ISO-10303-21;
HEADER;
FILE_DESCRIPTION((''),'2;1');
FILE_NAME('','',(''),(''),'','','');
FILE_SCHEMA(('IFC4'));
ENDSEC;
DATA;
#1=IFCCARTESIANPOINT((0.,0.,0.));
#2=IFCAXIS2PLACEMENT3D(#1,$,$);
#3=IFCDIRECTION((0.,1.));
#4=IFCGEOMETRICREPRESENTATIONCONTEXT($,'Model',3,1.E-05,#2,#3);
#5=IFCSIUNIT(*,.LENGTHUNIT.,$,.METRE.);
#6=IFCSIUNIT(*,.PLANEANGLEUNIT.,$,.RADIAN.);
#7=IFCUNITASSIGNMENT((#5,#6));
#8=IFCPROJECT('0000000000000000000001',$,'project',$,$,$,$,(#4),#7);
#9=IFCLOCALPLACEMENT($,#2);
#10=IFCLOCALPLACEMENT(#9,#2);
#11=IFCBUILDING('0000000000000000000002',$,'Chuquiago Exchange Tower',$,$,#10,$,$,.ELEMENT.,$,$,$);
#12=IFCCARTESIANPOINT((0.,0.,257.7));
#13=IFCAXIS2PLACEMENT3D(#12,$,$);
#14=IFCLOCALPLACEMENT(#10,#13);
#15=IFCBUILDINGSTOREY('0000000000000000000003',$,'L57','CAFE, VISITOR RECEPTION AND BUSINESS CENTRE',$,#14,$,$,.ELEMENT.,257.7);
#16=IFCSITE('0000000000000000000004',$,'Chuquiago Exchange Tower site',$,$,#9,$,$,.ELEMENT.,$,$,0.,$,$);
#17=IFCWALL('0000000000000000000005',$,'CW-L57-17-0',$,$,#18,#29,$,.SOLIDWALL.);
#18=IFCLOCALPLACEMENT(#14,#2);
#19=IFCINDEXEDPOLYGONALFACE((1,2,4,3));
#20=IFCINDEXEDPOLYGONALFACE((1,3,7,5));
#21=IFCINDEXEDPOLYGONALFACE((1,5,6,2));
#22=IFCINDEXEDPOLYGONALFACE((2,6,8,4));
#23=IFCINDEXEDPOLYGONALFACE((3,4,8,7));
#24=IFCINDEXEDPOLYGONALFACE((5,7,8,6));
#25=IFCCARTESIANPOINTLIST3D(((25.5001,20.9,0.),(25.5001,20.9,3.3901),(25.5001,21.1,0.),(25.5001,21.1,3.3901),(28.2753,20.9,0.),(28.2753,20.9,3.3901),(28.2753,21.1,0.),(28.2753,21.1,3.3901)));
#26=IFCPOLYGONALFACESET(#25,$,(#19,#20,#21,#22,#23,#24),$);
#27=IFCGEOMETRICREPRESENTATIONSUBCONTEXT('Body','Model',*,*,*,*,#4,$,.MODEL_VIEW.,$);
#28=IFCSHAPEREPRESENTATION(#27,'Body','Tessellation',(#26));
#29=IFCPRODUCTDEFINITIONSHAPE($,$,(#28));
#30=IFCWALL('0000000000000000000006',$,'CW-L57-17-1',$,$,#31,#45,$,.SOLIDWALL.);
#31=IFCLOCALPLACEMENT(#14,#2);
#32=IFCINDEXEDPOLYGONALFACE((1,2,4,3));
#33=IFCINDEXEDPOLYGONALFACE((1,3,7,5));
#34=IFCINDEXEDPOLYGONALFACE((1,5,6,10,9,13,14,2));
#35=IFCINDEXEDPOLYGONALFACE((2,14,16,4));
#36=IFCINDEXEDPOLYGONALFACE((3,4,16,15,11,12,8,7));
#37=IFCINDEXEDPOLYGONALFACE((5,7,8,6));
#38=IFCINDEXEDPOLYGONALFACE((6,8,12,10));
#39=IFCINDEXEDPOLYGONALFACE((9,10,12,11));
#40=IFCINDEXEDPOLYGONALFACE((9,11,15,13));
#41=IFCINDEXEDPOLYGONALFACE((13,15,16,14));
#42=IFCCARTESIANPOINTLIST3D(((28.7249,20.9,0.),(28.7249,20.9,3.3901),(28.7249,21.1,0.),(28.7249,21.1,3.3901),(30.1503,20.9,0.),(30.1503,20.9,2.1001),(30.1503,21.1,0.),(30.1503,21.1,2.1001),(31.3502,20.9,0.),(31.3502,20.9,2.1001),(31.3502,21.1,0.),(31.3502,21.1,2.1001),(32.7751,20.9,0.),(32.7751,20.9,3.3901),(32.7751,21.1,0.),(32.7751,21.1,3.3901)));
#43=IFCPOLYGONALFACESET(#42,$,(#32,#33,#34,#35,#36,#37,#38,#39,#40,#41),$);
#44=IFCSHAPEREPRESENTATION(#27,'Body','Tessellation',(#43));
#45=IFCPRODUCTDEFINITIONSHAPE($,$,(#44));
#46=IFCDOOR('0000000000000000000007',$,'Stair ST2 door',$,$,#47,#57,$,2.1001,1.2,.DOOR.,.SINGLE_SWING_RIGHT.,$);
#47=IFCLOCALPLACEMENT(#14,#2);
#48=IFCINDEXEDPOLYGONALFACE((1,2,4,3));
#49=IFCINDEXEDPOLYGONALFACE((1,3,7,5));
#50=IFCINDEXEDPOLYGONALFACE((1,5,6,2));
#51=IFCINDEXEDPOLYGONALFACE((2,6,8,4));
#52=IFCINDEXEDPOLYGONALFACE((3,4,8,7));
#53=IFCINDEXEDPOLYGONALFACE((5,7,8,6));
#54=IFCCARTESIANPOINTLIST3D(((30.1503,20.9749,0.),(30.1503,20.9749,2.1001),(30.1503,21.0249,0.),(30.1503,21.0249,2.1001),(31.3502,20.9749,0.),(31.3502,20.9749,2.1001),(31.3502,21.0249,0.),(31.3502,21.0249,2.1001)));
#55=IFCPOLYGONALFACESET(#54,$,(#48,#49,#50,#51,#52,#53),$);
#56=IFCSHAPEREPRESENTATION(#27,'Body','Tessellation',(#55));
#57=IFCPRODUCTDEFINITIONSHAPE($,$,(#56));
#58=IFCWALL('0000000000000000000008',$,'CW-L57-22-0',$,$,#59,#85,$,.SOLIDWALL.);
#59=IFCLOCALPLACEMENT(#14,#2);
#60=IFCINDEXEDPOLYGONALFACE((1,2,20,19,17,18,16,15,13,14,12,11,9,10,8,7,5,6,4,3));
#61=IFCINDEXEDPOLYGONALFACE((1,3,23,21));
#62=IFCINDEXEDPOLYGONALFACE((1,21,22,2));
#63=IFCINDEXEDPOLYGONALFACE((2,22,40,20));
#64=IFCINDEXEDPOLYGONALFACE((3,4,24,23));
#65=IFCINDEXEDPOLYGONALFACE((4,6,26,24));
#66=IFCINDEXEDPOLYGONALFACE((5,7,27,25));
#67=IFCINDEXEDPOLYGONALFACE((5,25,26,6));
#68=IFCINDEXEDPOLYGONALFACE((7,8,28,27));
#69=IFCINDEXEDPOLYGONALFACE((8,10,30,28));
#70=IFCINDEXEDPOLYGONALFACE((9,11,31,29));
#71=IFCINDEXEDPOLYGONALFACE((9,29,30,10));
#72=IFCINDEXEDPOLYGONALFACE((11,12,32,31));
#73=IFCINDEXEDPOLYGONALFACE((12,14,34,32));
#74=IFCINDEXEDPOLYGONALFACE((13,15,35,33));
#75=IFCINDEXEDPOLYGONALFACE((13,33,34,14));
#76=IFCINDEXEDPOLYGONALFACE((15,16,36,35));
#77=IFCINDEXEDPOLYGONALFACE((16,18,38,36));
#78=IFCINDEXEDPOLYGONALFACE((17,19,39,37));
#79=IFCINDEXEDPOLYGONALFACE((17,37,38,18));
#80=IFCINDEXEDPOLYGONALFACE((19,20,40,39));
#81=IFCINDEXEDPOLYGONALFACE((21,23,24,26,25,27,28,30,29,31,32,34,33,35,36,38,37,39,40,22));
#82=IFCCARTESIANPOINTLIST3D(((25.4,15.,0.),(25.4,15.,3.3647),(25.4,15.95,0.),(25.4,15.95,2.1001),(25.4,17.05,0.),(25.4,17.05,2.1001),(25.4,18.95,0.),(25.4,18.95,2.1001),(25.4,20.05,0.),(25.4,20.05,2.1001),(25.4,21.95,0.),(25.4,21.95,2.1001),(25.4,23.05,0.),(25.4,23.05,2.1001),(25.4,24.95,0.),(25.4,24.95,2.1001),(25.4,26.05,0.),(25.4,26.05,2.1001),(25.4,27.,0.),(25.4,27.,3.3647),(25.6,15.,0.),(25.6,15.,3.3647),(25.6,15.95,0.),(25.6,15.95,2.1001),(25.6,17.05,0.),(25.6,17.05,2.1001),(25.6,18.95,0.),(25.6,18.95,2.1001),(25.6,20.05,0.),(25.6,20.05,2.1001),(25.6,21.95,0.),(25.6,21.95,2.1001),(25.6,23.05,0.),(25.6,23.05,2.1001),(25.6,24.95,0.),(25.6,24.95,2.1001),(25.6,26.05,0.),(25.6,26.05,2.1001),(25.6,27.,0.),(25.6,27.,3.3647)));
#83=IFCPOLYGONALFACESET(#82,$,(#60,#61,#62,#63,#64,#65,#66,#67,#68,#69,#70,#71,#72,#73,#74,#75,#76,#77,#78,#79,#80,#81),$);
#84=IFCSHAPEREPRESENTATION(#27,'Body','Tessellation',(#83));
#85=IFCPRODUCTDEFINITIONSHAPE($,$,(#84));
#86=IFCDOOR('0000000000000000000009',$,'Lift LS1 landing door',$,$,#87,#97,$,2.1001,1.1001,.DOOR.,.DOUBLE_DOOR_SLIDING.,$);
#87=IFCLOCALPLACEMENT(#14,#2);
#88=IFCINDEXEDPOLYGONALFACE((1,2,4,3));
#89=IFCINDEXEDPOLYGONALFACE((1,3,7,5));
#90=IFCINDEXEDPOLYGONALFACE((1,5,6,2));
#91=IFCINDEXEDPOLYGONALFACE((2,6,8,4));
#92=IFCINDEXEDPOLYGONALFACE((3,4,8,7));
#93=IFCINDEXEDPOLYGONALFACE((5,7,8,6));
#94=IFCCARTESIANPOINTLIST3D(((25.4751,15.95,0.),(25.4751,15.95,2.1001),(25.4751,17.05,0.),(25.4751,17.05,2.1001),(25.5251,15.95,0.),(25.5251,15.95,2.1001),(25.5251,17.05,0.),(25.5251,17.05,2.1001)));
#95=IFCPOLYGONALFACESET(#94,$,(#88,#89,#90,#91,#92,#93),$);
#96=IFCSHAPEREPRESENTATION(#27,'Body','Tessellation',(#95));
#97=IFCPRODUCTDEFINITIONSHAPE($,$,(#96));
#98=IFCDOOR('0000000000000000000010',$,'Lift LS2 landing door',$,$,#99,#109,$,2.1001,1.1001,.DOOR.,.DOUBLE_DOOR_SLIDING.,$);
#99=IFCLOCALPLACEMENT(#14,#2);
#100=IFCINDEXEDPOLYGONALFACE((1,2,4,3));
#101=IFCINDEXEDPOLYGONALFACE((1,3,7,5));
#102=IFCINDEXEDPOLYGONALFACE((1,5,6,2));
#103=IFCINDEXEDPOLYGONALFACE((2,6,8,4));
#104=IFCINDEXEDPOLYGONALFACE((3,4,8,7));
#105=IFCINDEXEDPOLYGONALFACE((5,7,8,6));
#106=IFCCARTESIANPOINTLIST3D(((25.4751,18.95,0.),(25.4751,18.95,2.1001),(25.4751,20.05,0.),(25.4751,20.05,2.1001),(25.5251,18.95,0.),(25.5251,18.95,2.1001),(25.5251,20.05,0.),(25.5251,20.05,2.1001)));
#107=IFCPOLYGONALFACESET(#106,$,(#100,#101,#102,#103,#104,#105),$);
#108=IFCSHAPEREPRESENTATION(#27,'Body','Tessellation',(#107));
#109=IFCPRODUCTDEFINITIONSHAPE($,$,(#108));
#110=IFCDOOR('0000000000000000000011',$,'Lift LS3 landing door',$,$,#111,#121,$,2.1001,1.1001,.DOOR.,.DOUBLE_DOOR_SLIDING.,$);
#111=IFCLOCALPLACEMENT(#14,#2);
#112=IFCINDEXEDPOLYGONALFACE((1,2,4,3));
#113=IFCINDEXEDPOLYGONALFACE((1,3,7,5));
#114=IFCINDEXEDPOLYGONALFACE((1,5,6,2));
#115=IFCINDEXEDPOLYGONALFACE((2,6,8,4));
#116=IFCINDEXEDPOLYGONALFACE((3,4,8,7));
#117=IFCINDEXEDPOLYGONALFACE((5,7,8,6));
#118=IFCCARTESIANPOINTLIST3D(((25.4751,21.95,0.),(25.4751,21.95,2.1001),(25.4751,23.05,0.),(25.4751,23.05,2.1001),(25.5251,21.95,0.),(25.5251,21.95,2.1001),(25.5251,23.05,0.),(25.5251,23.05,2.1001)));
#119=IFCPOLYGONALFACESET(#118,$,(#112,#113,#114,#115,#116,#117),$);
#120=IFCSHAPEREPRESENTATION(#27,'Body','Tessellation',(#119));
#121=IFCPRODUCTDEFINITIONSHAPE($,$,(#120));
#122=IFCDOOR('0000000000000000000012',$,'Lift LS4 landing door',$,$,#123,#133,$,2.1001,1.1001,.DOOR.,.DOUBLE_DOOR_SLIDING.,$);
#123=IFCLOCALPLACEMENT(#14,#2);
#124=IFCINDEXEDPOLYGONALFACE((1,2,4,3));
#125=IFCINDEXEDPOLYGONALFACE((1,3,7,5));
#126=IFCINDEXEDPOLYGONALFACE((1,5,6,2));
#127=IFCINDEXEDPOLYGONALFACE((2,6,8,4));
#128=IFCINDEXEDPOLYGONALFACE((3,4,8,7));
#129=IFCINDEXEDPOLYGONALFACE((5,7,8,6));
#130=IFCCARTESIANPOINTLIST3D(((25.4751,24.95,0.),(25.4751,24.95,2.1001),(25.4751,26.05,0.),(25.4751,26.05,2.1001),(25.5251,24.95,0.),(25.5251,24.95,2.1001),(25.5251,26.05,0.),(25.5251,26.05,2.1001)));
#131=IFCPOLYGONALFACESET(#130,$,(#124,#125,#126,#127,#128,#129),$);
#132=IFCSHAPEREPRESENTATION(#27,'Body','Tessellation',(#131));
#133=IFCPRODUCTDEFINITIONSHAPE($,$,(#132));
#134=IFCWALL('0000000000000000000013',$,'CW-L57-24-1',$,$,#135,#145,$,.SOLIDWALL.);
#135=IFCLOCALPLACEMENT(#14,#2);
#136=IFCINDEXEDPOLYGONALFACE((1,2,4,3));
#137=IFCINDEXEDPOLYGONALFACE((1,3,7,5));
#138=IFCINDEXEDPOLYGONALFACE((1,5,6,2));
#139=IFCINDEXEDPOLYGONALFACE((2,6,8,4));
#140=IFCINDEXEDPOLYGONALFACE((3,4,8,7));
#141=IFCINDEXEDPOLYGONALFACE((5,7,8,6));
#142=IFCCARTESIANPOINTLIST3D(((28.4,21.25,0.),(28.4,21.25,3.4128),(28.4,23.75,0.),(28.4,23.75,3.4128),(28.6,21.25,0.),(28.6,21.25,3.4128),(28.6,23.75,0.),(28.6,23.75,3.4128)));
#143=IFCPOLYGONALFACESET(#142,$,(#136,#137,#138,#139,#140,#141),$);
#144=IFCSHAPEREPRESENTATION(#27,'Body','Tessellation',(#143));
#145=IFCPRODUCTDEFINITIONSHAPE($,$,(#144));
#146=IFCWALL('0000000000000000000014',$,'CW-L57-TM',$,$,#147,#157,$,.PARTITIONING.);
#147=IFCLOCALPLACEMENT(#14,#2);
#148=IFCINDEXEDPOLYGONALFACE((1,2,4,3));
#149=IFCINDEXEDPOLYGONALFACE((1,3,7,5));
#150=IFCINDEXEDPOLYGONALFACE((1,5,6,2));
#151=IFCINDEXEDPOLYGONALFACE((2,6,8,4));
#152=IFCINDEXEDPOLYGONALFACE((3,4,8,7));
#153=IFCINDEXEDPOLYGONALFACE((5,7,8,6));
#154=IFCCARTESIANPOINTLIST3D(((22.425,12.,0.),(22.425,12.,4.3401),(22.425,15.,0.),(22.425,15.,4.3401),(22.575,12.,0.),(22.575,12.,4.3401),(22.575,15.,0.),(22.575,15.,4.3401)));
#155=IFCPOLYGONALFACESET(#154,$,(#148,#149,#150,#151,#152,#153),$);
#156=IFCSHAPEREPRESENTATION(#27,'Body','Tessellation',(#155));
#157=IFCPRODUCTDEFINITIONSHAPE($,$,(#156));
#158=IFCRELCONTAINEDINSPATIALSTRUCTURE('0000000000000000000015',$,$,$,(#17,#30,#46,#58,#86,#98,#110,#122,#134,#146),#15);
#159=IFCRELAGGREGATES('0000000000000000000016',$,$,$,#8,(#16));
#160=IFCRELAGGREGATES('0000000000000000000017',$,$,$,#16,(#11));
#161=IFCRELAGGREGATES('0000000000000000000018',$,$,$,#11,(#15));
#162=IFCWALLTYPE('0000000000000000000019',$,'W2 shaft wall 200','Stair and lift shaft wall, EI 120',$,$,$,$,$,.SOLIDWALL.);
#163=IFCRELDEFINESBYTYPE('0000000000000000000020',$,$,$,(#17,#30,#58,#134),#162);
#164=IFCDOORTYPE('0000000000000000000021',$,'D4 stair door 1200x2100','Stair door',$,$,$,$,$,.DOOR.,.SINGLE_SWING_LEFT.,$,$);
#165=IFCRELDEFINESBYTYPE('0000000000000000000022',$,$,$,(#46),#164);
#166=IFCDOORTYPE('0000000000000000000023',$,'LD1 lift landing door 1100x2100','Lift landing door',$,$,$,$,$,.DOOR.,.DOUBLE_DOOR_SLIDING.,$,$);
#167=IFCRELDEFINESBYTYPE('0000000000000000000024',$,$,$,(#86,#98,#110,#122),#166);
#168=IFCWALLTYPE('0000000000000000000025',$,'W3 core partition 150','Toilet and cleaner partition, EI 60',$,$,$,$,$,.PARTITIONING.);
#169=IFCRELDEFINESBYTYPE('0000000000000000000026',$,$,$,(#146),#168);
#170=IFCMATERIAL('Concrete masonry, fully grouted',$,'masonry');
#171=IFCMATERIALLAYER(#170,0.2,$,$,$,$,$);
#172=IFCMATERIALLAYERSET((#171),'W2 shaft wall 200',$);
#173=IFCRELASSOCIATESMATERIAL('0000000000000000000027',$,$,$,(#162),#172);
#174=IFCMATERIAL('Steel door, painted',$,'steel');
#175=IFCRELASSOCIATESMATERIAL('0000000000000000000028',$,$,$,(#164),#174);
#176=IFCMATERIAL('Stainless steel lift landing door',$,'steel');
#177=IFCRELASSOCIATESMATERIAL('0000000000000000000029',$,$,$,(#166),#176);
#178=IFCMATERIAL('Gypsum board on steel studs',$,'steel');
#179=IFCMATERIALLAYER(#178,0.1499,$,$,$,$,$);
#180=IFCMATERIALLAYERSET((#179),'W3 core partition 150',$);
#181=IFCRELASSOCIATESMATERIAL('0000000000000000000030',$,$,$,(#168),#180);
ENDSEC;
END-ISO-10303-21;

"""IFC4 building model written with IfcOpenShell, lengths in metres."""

from ifc_helpers import new_model, si_unit, direction, frame, frame_2d, origin, place, context, subcontext, project, spatial, rectangle, extrude, material, layer, layer_set, type_object, element, fill, save


model = new_model("IFC4")

# Units and contexts
model_context = context("Model", 3, precision=1e-05, world=origin(), true_north=direction((0.0, 1.0)))
body_context = subcontext(model_context, "Body", "Model", "MODEL_VIEW")
ifc_project = project(units=[si_unit("LENGTHUNIT", "METRE"), si_unit("PLANEANGLEUNIT", "RADIAN")], contexts=[model_context])

# Site, building, storey
site_placement = place(None, origin())
site = spatial("IfcSite", under=ifc_project, at=site_placement, Name="Chuquiago Exchange Tower site", CompositionType="ELEMENT", RefElevation=0.0)
building_placement = place(site_placement, origin())
building = spatial("IfcBuilding", under=site, at=building_placement, Name="Chuquiago Exchange Tower", CompositionType="ELEMENT")
storey_placement = place(building_placement, frame((0.0, 0.0, 257.7)))
storey = spatial("IfcBuildingStorey", under=building, at=storey_placement, Name="L57", Description="CAFE, VISITOR RECEPTION AND BUSINESS CENTRE", CompositionType="ELEMENT", Elevation=257.7)

# Shared definitions
ifc_material_1 = material(Name="Concrete masonry, fully grouted", Category="masonry")
ifc_layer_1 = layer(ifc_material_1, 0.2)
ifc_layer_set_1 = layer_set([ifc_layer_1], Name="W2 shaft wall 200")
wall_type_1 = type_object("IfcWallType", Name="W2 shaft wall 200", Description="Stair and lift shaft wall, EI 120", PredefinedType="SOLIDWALL", material=ifc_layer_set_1)

# Wall
wall_1_placement = place(storey_placement, frame((25.5, 21.0, 0.0), z_axis=(0.0, 0.0, 1.0), x_axis=(1.0, 0.0, 0.0)))
element("IfcWall", 1, at=wall_1_placement, inside=storey, type_object=wall_type_1, Name="CW-L57-17-0", PredefinedType="SOLIDWALL", context=body_context, shape_type="SweptSolid", body=[
    extrude(rectangle(XDim=2.7751, YDim=0.2, at=frame_2d((1.3877, 0.0))), origin(), (0.0, 0.0, 1.0), 3.3901),
])

# Wall, opening, door
wall_2_placement = place(storey_placement, frame((28.7249, 21.0, 0.0), z_axis=(0.0, 0.0, 1.0), x_axis=(1.0, 0.0, 0.0)))
wall_2 = element("IfcWall", 2, at=wall_2_placement, inside=storey, type_object=wall_type_1, Name="CW-L57-17-1", PredefinedType="SOLIDWALL", context=body_context, shape_type="SweptSolid", body=[
    extrude(rectangle(XDim=4.0503, YDim=0.2, at=frame_2d((2.0251, 0.0))), origin(), (0.0, 0.0, 1.0), 3.3901),
])
opening_1_placement = place(wall_2_placement, frame((1.4253, 0.0, 0.0)))
opening_1 = element("IfcOpeningElement", 3, at=opening_1_placement, cuts=wall_2, PredefinedType="OPENING", context=body_context, shape_type="SweptSolid", body=[
    extrude(rectangle(XDim=1.2, YDim=2.1001, at=frame_2d((0.6001, 1.05))), frame((0.0, 0.1099, 0.0), z_axis=(0.0, -1.0, 0.0), x_axis=(1.0, 0.0, 0.0)), (0.0, 0.0, 1.0), 0.22),
])
ifc_material_2 = material(Name="Steel door, painted", Category="steel")
door_type_1 = type_object("IfcDoorType", Name="D4 stair door 1200x2100", Description="Stair door", OperationType="SINGLE_SWING_LEFT", PredefinedType="DOOR", material=ifc_material_2)
door_1_placement = place(opening_1_placement, origin())
door_1 = element("IfcDoor", 4, at=door_1_placement, inside=storey, type_object=door_type_1, Name="Stair ST2 door", OperationType="SINGLE_SWING_RIGHT", OverallHeight=2.1001, OverallWidth=1.2, PredefinedType="DOOR", context=body_context, shape_type="SweptSolid", body=[
    extrude(rectangle(XDim=1.2, YDim=2.1001, at=frame_2d((0.6001, 1.05))), frame((0.0, 0.0249, 0.0), z_axis=(0.0, -1.0, 0.0), x_axis=(1.0, 0.0, 0.0)), (0.0, 0.0, 1.0), 0.05),
])
fill(opening_1, door_1)

# Wall, openings, doors
wall_3_placement = place(storey_placement, frame((25.5, 15.0, 0.0), z_axis=(0.0, 0.0, 1.0), x_axis=(0.0, 1.0, 0.0)))
wall_3 = element("IfcWall", 5, at=wall_3_placement, inside=storey, type_object=wall_type_1, Name="CW-L57-22-0", PredefinedType="SOLIDWALL", context=body_context, shape_type="SweptSolid", body=[
    extrude(rectangle(XDim=12.0, YDim=0.2, at=frame_2d((6.0, 0.0))), origin(), (0.0, 0.0, 1.0), 3.3647),
])
opening_2_placement = place(wall_3_placement, frame((0.95, 0.0, 0.0)))
opening_2 = element("IfcOpeningElement", 6, at=opening_2_placement, cuts=wall_3, PredefinedType="OPENING", context=body_context, shape_type="SweptSolid", body=[
    extrude(rectangle(XDim=1.1001, YDim=2.1001, at=frame_2d((0.55, 1.05))), frame((0.0, 0.1099, 0.0), z_axis=(0.0, -1.0, 0.0), x_axis=(1.0, 0.0, 0.0)), (0.0, 0.0, 1.0), 0.22),
])
opening_3_placement = place(wall_3_placement, frame((3.95, 0.0, 0.0)))
opening_3 = element("IfcOpeningElement", 7, at=opening_3_placement, cuts=wall_3, PredefinedType="OPENING", context=body_context, shape_type="SweptSolid", body=[
    extrude(rectangle(XDim=1.1001, YDim=2.1001, at=frame_2d((0.55, 1.05))), frame((0.0, 0.1099, 0.0), z_axis=(0.0, -1.0, 0.0), x_axis=(1.0, 0.0, 0.0)), (0.0, 0.0, 1.0), 0.22),
])
opening_4_placement = place(wall_3_placement, frame((6.95, 0.0, 0.0)))
opening_4 = element("IfcOpeningElement", 8, at=opening_4_placement, cuts=wall_3, PredefinedType="OPENING", context=body_context, shape_type="SweptSolid", body=[
    extrude(rectangle(XDim=1.1001, YDim=2.1001, at=frame_2d((0.55, 1.05))), frame((0.0, 0.1099, 0.0), z_axis=(0.0, -1.0, 0.0), x_axis=(1.0, 0.0, 0.0)), (0.0, 0.0, 1.0), 0.22),
])
opening_5_placement = place(wall_3_placement, frame((9.95, 0.0, 0.0)))
opening_5 = element("IfcOpeningElement", 9, at=opening_5_placement, cuts=wall_3, PredefinedType="OPENING", context=body_context, shape_type="SweptSolid", body=[
    extrude(rectangle(XDim=1.1001, YDim=2.1001, at=frame_2d((0.55, 1.05))), frame((0.0, 0.1099, 0.0), z_axis=(0.0, -1.0, 0.0), x_axis=(1.0, 0.0, 0.0)), (0.0, 0.0, 1.0), 0.22),
])
ifc_material_3 = material(Name="Stainless steel lift landing door", Category="steel")
door_type_2 = type_object("IfcDoorType", Name="LD1 lift landing door 1100x2100", Description="Lift landing door", OperationType="DOUBLE_DOOR_SLIDING", PredefinedType="DOOR", material=ifc_material_3)
door_2_placement = place(opening_2_placement, origin())
door_2 = element("IfcDoor", 10, at=door_2_placement, inside=storey, type_object=door_type_2, Name="Lift LS1 landing door", OperationType="DOUBLE_DOOR_SLIDING", OverallHeight=2.1001, OverallWidth=1.1001, PredefinedType="DOOR", context=body_context, shape_type="SweptSolid", body=[
    extrude(rectangle(XDim=1.1001, YDim=2.1001, at=frame_2d((0.55, 1.05))), frame((0.0, 0.0249, 0.0), z_axis=(0.0, -1.0, 0.0), x_axis=(1.0, 0.0, 0.0)), (0.0, 0.0, 1.0), 0.05),
])
fill(opening_2, door_2)
door_3_placement = place(opening_3_placement, origin())
door_3 = element("IfcDoor", 11, at=door_3_placement, inside=storey, type_object=door_type_2, Name="Lift LS2 landing door", OperationType="DOUBLE_DOOR_SLIDING", OverallHeight=2.1001, OverallWidth=1.1001, PredefinedType="DOOR", context=body_context, shape_type="SweptSolid", body=[
    extrude(rectangle(XDim=1.1001, YDim=2.1001, at=frame_2d((0.55, 1.05))), frame((0.0, 0.0249, 0.0), z_axis=(0.0, -1.0, 0.0), x_axis=(1.0, 0.0, 0.0)), (0.0, 0.0, 1.0), 0.05),
])
fill(opening_3, door_3)
door_4_placement = place(opening_4_placement, origin())
door_4 = element("IfcDoor", 12, at=door_4_placement, inside=storey, type_object=door_type_2, Name="Lift LS3 landing door", OperationType="DOUBLE_DOOR_SLIDING", OverallHeight=2.1001, OverallWidth=1.1001, PredefinedType="DOOR", context=body_context, shape_type="SweptSolid", body=[
    extrude(rectangle(XDim=1.1001, YDim=2.1001, at=frame_2d((0.55, 1.05))), frame((0.0, 0.0249, 0.0), z_axis=(0.0, -1.0, 0.0), x_axis=(1.0, 0.0, 0.0)), (0.0, 0.0, 1.0), 0.05),
])
fill(opening_4, door_4)
door_5_placement = place(opening_5_placement, origin())
door_5 = element("IfcDoor", 13, at=door_5_placement, inside=storey, type_object=door_type_2, Name="Lift LS4 landing door", OperationType="DOUBLE_DOOR_SLIDING", OverallHeight=2.1001, OverallWidth=1.1001, PredefinedType="DOOR", context=body_context, shape_type="SweptSolid", body=[
    extrude(rectangle(XDim=1.1001, YDim=2.1001, at=frame_2d((0.55, 1.05))), frame((0.0, 0.0249, 0.0), z_axis=(0.0, -1.0, 0.0), x_axis=(1.0, 0.0, 0.0)), (0.0, 0.0, 1.0), 0.05),
])
fill(opening_5, door_5)

# Walls
wall_4_placement = place(storey_placement, frame((28.5, 21.25, 0.0), z_axis=(0.0, 0.0, 1.0), x_axis=(0.0, 1.0, 0.0)))
element("IfcWall", 14, at=wall_4_placement, inside=storey, type_object=wall_type_1, Name="CW-L57-24-1", PredefinedType="SOLIDWALL", context=body_context, shape_type="SweptSolid", body=[
    extrude(rectangle(XDim=2.5, YDim=0.2, at=frame_2d((1.25, 0.0))), origin(), (0.0, 0.0, 1.0), 3.4128),
])
ifc_material_4 = material(Name="Gypsum board on steel studs", Category="steel")
ifc_layer_2 = layer(ifc_material_4, 0.1499)
ifc_layer_set_2 = layer_set([ifc_layer_2], Name="W3 core partition 150")
wall_type_2 = type_object("IfcWallType", Name="W3 core partition 150", Description="Toilet and cleaner partition, EI 60", PredefinedType="PARTITIONING", material=ifc_layer_set_2)
wall_5_placement = place(storey_placement, frame((22.5, 15.0, 0.0), z_axis=(0.0, 0.0, 1.0), x_axis=(0.0, -1.0, 0.0)))
element("IfcWall", 15, at=wall_5_placement, inside=storey, type_object=wall_type_2, Name="CW-L57-TM", PredefinedType="PARTITIONING", context=body_context, shape_type="SweptSolid", body=[
    extrude(rectangle(XDim=3.0, YDim=0.1499, at=frame_2d((1.5, 0.0))), origin(), (0.0, 0.0, 1.0), 4.3401),
])

save(model, "model.ifc")
